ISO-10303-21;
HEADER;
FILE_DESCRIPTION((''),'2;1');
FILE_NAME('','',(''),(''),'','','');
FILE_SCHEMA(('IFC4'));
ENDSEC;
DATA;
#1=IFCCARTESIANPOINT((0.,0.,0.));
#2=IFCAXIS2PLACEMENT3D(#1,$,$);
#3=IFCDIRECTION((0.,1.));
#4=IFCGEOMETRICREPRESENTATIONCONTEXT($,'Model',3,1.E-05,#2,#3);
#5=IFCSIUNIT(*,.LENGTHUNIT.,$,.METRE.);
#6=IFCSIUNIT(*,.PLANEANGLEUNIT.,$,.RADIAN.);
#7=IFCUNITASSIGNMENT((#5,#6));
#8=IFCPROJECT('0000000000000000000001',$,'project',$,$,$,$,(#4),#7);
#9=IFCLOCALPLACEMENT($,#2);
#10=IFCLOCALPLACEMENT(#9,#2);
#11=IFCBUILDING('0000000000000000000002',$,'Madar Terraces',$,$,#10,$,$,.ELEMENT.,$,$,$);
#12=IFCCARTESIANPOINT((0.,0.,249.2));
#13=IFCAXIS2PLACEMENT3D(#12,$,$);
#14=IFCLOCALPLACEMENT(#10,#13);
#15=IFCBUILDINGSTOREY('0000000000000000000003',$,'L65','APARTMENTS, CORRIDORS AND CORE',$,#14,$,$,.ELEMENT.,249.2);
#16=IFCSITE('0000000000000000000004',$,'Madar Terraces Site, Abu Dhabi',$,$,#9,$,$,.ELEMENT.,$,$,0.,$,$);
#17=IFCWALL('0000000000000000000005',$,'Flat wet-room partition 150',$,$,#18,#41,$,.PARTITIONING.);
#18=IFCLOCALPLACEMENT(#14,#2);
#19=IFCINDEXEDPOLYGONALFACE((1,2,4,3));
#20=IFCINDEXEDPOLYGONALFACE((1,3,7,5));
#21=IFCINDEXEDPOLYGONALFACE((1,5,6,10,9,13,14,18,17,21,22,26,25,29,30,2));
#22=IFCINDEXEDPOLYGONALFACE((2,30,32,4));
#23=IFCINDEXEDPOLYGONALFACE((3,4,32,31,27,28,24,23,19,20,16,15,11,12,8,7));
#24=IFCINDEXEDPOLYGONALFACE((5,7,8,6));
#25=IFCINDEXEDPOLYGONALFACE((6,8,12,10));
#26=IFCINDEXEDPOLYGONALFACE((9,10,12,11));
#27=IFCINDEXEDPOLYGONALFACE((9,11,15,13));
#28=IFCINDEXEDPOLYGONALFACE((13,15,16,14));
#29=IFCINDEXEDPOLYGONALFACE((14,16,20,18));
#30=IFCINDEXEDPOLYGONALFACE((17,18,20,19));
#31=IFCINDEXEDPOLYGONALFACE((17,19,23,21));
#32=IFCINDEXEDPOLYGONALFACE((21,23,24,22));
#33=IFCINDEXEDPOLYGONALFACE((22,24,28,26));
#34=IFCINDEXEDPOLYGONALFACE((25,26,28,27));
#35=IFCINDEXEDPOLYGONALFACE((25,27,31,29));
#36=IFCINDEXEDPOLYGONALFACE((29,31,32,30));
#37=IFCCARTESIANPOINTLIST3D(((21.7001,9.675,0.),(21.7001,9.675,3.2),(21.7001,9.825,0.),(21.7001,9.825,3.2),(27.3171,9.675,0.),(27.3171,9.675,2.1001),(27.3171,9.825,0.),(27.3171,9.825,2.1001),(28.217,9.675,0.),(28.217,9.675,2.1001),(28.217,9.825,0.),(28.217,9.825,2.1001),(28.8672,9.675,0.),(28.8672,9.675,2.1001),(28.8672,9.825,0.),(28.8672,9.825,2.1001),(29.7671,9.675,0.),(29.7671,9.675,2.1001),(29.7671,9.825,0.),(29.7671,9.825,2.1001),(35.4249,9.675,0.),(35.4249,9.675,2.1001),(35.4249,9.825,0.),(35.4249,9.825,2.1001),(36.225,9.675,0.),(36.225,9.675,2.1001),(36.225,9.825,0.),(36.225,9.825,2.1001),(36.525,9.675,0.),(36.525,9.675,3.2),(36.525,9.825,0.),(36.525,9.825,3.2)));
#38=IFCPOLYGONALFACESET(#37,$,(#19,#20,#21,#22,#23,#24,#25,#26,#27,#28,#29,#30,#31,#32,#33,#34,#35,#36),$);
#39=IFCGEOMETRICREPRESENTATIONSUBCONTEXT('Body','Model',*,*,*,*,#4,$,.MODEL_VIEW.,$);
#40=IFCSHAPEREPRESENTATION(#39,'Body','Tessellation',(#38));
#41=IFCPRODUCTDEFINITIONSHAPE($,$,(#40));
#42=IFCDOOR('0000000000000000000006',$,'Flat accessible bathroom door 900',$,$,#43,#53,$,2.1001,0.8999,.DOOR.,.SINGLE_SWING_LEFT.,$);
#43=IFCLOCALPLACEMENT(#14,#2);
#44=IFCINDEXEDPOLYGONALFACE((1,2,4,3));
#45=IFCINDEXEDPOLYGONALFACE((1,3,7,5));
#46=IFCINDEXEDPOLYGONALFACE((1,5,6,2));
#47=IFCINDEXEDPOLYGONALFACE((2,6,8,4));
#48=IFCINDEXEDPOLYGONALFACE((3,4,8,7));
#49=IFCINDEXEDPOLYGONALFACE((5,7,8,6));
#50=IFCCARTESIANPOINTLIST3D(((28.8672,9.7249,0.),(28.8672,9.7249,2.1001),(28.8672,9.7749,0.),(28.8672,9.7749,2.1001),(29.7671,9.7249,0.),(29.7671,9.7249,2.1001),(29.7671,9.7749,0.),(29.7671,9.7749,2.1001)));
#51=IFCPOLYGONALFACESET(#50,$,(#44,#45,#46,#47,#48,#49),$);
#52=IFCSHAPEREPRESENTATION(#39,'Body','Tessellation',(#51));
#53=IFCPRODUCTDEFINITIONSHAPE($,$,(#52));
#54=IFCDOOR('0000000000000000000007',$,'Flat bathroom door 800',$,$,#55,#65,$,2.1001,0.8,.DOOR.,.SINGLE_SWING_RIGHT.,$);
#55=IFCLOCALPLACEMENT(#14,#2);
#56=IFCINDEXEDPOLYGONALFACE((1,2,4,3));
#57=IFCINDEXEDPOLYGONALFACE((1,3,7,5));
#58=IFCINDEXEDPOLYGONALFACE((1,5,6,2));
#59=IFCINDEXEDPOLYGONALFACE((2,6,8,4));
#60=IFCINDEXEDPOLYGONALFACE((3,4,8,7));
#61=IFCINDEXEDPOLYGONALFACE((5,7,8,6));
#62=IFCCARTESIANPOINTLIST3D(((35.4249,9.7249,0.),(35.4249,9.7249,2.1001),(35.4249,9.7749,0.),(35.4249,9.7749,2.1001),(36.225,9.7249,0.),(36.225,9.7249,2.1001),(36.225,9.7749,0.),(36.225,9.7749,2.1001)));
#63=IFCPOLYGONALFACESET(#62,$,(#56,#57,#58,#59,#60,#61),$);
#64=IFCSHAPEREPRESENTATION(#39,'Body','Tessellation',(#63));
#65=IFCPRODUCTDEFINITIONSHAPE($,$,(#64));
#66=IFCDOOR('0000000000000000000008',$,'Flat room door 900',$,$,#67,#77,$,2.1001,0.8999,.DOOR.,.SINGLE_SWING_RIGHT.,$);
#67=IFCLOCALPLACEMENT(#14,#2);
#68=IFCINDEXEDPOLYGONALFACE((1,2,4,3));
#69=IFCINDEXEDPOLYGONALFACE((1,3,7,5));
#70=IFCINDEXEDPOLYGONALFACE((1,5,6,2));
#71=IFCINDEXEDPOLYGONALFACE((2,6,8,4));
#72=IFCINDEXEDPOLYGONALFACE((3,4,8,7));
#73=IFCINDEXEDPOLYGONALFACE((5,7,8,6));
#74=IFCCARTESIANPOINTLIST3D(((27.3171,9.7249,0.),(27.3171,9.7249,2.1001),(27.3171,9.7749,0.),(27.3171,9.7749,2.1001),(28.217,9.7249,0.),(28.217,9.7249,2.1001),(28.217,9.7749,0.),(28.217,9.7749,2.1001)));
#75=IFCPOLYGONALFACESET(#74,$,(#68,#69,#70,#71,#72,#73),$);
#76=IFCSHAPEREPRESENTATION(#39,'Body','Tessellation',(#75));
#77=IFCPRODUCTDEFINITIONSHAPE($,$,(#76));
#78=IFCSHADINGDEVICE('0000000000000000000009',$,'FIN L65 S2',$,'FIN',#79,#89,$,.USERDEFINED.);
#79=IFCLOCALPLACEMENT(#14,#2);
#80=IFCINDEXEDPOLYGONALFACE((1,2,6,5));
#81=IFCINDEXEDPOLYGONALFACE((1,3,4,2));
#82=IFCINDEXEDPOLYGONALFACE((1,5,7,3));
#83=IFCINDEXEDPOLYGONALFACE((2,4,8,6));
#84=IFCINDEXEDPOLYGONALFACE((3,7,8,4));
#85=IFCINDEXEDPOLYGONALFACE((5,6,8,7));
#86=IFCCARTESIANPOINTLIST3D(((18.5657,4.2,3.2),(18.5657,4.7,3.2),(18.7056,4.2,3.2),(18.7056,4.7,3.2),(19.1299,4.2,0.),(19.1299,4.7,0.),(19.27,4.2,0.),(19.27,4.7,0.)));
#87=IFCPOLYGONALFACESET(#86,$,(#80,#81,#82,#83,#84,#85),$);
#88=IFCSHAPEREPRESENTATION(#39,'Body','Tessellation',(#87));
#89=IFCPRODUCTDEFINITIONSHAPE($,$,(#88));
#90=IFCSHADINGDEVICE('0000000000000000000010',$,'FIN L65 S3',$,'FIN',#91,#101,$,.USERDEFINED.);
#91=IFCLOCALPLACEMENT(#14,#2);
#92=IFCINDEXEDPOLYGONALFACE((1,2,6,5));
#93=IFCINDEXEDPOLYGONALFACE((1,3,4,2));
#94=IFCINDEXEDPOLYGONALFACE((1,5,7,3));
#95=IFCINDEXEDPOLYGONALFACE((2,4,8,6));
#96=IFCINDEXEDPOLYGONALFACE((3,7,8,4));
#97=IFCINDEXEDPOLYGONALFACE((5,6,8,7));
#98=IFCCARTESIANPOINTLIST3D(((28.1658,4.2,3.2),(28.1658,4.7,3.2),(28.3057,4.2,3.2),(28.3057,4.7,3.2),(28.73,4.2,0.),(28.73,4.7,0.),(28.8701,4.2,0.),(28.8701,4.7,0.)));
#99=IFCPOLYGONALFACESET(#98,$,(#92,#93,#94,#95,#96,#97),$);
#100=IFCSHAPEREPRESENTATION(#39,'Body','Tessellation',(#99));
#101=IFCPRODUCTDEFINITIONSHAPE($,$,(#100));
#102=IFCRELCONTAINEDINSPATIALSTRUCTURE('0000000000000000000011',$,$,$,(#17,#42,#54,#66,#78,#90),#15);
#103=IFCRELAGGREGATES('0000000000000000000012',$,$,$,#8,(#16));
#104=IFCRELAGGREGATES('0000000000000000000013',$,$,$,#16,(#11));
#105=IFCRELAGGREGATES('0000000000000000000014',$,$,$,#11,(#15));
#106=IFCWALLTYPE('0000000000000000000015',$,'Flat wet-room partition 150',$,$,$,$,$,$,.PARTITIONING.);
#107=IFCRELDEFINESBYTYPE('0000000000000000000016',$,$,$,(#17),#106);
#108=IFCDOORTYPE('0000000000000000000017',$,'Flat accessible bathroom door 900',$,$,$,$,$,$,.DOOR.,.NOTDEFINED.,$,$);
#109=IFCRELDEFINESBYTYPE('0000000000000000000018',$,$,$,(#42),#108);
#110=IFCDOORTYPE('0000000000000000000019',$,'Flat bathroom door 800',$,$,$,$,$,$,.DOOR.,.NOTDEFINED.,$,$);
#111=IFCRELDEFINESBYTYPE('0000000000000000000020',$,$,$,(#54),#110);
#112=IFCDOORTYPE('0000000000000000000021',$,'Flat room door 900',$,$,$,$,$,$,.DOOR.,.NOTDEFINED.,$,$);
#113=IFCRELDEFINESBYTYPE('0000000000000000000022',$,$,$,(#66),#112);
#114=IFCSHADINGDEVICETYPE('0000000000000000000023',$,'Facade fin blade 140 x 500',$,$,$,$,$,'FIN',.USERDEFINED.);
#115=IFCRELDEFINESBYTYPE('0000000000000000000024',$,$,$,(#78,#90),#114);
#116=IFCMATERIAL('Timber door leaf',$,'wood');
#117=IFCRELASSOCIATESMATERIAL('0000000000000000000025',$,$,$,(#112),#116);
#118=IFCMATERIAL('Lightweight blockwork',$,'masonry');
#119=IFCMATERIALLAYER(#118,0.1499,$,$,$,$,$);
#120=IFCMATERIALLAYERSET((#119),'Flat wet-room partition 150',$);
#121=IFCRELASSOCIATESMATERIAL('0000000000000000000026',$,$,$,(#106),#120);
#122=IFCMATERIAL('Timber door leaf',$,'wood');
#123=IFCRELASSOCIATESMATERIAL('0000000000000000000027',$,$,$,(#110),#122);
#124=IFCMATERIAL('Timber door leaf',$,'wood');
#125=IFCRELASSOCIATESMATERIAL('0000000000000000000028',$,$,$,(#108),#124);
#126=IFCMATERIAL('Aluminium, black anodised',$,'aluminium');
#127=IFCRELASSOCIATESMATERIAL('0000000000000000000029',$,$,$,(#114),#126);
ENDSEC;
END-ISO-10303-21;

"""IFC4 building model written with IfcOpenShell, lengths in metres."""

from ifc_helpers import new_model, si_unit, direction, frame, frame_2d, origin, place, context, subcontext, project, spatial, polyline, rectangle, outline, extrude, material, layer, layer_set, type_object, element, fill, save


model = new_model("IFC4")

# Units and contexts
model_context = context("Model", 3, precision=1e-05, world=origin(), true_north=direction((0.0, 1.0)))
body_context = subcontext(model_context, "Body", "Model", "MODEL_VIEW")
ifc_project = project(units=[si_unit("LENGTHUNIT", "METRE"), si_unit("PLANEANGLEUNIT", "RADIAN")], contexts=[model_context])

# Site, building, storey
site_placement = place(None, origin())
site = spatial("IfcSite", under=ifc_project, at=site_placement, Name="Madar Terraces Site, Abu Dhabi", CompositionType="ELEMENT", RefElevation=0.0)
building_placement = place(site_placement, origin())
building = spatial("IfcBuilding", under=site, at=building_placement, Name="Madar Terraces", CompositionType="ELEMENT")
storey_placement = place(building_placement, frame((0.0, 0.0, 249.2)))
storey = spatial("IfcBuildingStorey", under=building, at=storey_placement, Name="L65", Description="APARTMENTS, CORRIDORS AND CORE", CompositionType="ELEMENT", Elevation=249.2)

# Shared definitions
ifc_material_1 = material(Name="Timber door leaf", Category="wood")
door_type_1 = type_object("IfcDoorType", Name="Flat room door 900", OperationType="NOTDEFINED", PredefinedType="DOOR", material=ifc_material_1)

# Shared definitions
ifc_material_2 = material(Name="Lightweight blockwork", Category="masonry")
ifc_layer_1 = layer(ifc_material_2, 0.1499)
ifc_layer_set_1 = layer_set([ifc_layer_1], Name="Flat wet-room partition 150")
wall_type_1 = type_object("IfcWallType", Name="Flat wet-room partition 150", PredefinedType="PARTITIONING", material=ifc_layer_set_1)

# Wall, openings, doors
ifc_material_3 = material(Name="Timber door leaf", Category="wood")
door_type_2 = type_object("IfcDoorType", Name="Flat bathroom door 800", OperationType="NOTDEFINED", PredefinedType="DOOR", material=ifc_material_3)
wall_1_placement = place(storey_placement, frame((21.7, 9.75, 0.0), z_axis=(0.0, 0.0, 1.0), x_axis=(1.0, 0.0, 0.0)))
wall_1 = element("IfcWall", 1, at=wall_1_placement, inside=storey, type_object=wall_type_1, Name="Flat wet-room partition 150", PredefinedType="PARTITIONING", context=body_context, shape_type="SweptSolid", body=[
    extrude(rectangle(XDim=14.825, YDim=0.1499, at=frame_2d((7.4126, 0.0))), origin(), (0.0, 0.0, 1.0), 3.2),
])
opening_1_placement = place(wall_1_placement, frame((13.7251, 0.0, 0.0)))
opening_1 = element("IfcOpeningElement", 2, at=opening_1_placement, cuts=wall_1, PredefinedType="OPENING", context=body_context, shape_type="SweptSolid", body=[
    extrude(rectangle(XDim=0.8, YDim=2.1001, at=frame_2d((0.3999, 1.05))), frame((0.0, 0.085, 0.0), z_axis=(0.0, -1.0, 0.0), x_axis=(1.0, 0.0, 0.0)), (0.0, 0.0, 1.0), 0.1699),
])
opening_2_placement = place(wall_1_placement, frame((7.1672, 0.0, 0.0)))
opening_2 = element("IfcOpeningElement", 3, at=opening_2_placement, cuts=wall_1, PredefinedType="OPENING", context=body_context, shape_type="SweptSolid", body=[
    extrude(rectangle(XDim=0.8999, YDim=2.1001, at=frame_2d((0.45, 1.05))), frame((0.0, 0.085, 0.0), z_axis=(0.0, -1.0, 0.0), x_axis=(1.0, 0.0, 0.0)), (0.0, 0.0, 1.0), 0.1699),
])
opening_3_placement = place(wall_1_placement, frame((5.6172, 0.0, 0.0)))
opening_3 = element("IfcOpeningElement", 4, at=opening_3_placement, cuts=wall_1, PredefinedType="OPENING", context=body_context, shape_type="SweptSolid", body=[
    extrude(rectangle(XDim=0.8999, YDim=2.1001, at=frame_2d((0.45, 1.05))), frame((0.0, 0.085, 0.0), z_axis=(0.0, -1.0, 0.0), x_axis=(1.0, 0.0, 0.0)), (0.0, 0.0, 1.0), 0.1699),
])
ifc_material_4 = material(Name="Timber door leaf", Category="wood")
door_type_3 = type_object("IfcDoorType", Name="Flat accessible bathroom door 900", OperationType="NOTDEFINED", PredefinedType="DOOR", material=ifc_material_4)
door_1_placement = place(opening_2_placement, origin())
door_1 = element("IfcDoor", 5, at=door_1_placement, inside=storey, type_object=door_type_3, Name="Flat accessible bathroom door 900", OperationType="SINGLE_SWING_LEFT", OverallHeight=2.1001, OverallWidth=0.8999, PredefinedType="DOOR", context=body_context, shape_type="SweptSolid", body=[
    extrude(rectangle(XDim=0.8999, YDim=2.1001, at=frame_2d((0.45, 1.05))), frame((0.0, 0.0249, 0.0), z_axis=(0.0, -1.0, 0.0), x_axis=(1.0, 0.0, 0.0)), (0.0, 0.0, 1.0), 0.05),
])
fill(opening_2, door_1)
door_2_placement = place(opening_1_placement, origin())
door_2 = element("IfcDoor", 6, at=door_2_placement, inside=storey, type_object=door_type_2, Name="Flat bathroom door 800", OperationType="SINGLE_SWING_RIGHT", OverallHeight=2.1001, OverallWidth=0.8, PredefinedType="DOOR", context=body_context, shape_type="SweptSolid", body=[
    extrude(rectangle(XDim=0.8, YDim=2.1001, at=frame_2d((0.3999, 1.05))), frame((0.0, 0.0249, 0.0), z_axis=(0.0, -1.0, 0.0), x_axis=(1.0, 0.0, 0.0)), (0.0, 0.0, 1.0), 0.05),
])
fill(opening_1, door_2)
door_3_placement = place(opening_3_placement, origin())
door_3 = element("IfcDoor", 7, at=door_3_placement, inside=storey, type_object=door_type_1, Name="Flat room door 900", OperationType="SINGLE_SWING_RIGHT", OverallHeight=2.1001, OverallWidth=0.8999, PredefinedType="DOOR", context=body_context, shape_type="SweptSolid", body=[
    extrude(rectangle(XDim=0.8999, YDim=2.1001, at=frame_2d((0.45, 1.05))), frame((0.0, 0.0249, 0.0), z_axis=(0.0, -1.0, 0.0), x_axis=(1.0, 0.0, 0.0)), (0.0, 0.0, 1.0), 0.05),
])
fill(opening_3, door_3)

# Shading devices
ifc_material_5 = material(Name="Aluminium, black anodised", Category="aluminium")
shading_device_type = type_object("IfcShadingDeviceType", Name="Facade fin blade 140 x 500", ElementType="FIN", PredefinedType="USERDEFINED", material=ifc_material_5)
for number, where, z_axis, x_axis, name in (
    (8, (19.1299, 4.45, 0.0), (0.0, 0.0, 1.0), (1.0, 0.0, 0.0), "FIN L65 S2"),
    (9, (28.73, 4.45, 0.0), (0.0, 0.0, 1.0), (1.0, 0.0, 0.0), "FIN L65 S3"),
):
    element("IfcShadingDevice", number, at=place(storey_placement, frame(where, z_axis=z_axis, x_axis=x_axis)), inside=storey, type_object=shading_device_type, Name=name, ObjectType="FIN", PredefinedType="USERDEFINED", context=body_context, shape_type="SweptSolid", body=[
        extrude(outline(polyline([(0.0, 0.0), (0.1401, 0.0), (-0.4243, 3.2), (-0.5642, 3.2), (0.0, 0.0)])), frame((0.0, 0.25, 0.0), z_axis=(0.0, -1.0, 0.0), x_axis=(1.0, 0.0, 0.0)), (0.0, 0.0, 1.0), 0.5),
    ])

save(model, "model.ifc")
